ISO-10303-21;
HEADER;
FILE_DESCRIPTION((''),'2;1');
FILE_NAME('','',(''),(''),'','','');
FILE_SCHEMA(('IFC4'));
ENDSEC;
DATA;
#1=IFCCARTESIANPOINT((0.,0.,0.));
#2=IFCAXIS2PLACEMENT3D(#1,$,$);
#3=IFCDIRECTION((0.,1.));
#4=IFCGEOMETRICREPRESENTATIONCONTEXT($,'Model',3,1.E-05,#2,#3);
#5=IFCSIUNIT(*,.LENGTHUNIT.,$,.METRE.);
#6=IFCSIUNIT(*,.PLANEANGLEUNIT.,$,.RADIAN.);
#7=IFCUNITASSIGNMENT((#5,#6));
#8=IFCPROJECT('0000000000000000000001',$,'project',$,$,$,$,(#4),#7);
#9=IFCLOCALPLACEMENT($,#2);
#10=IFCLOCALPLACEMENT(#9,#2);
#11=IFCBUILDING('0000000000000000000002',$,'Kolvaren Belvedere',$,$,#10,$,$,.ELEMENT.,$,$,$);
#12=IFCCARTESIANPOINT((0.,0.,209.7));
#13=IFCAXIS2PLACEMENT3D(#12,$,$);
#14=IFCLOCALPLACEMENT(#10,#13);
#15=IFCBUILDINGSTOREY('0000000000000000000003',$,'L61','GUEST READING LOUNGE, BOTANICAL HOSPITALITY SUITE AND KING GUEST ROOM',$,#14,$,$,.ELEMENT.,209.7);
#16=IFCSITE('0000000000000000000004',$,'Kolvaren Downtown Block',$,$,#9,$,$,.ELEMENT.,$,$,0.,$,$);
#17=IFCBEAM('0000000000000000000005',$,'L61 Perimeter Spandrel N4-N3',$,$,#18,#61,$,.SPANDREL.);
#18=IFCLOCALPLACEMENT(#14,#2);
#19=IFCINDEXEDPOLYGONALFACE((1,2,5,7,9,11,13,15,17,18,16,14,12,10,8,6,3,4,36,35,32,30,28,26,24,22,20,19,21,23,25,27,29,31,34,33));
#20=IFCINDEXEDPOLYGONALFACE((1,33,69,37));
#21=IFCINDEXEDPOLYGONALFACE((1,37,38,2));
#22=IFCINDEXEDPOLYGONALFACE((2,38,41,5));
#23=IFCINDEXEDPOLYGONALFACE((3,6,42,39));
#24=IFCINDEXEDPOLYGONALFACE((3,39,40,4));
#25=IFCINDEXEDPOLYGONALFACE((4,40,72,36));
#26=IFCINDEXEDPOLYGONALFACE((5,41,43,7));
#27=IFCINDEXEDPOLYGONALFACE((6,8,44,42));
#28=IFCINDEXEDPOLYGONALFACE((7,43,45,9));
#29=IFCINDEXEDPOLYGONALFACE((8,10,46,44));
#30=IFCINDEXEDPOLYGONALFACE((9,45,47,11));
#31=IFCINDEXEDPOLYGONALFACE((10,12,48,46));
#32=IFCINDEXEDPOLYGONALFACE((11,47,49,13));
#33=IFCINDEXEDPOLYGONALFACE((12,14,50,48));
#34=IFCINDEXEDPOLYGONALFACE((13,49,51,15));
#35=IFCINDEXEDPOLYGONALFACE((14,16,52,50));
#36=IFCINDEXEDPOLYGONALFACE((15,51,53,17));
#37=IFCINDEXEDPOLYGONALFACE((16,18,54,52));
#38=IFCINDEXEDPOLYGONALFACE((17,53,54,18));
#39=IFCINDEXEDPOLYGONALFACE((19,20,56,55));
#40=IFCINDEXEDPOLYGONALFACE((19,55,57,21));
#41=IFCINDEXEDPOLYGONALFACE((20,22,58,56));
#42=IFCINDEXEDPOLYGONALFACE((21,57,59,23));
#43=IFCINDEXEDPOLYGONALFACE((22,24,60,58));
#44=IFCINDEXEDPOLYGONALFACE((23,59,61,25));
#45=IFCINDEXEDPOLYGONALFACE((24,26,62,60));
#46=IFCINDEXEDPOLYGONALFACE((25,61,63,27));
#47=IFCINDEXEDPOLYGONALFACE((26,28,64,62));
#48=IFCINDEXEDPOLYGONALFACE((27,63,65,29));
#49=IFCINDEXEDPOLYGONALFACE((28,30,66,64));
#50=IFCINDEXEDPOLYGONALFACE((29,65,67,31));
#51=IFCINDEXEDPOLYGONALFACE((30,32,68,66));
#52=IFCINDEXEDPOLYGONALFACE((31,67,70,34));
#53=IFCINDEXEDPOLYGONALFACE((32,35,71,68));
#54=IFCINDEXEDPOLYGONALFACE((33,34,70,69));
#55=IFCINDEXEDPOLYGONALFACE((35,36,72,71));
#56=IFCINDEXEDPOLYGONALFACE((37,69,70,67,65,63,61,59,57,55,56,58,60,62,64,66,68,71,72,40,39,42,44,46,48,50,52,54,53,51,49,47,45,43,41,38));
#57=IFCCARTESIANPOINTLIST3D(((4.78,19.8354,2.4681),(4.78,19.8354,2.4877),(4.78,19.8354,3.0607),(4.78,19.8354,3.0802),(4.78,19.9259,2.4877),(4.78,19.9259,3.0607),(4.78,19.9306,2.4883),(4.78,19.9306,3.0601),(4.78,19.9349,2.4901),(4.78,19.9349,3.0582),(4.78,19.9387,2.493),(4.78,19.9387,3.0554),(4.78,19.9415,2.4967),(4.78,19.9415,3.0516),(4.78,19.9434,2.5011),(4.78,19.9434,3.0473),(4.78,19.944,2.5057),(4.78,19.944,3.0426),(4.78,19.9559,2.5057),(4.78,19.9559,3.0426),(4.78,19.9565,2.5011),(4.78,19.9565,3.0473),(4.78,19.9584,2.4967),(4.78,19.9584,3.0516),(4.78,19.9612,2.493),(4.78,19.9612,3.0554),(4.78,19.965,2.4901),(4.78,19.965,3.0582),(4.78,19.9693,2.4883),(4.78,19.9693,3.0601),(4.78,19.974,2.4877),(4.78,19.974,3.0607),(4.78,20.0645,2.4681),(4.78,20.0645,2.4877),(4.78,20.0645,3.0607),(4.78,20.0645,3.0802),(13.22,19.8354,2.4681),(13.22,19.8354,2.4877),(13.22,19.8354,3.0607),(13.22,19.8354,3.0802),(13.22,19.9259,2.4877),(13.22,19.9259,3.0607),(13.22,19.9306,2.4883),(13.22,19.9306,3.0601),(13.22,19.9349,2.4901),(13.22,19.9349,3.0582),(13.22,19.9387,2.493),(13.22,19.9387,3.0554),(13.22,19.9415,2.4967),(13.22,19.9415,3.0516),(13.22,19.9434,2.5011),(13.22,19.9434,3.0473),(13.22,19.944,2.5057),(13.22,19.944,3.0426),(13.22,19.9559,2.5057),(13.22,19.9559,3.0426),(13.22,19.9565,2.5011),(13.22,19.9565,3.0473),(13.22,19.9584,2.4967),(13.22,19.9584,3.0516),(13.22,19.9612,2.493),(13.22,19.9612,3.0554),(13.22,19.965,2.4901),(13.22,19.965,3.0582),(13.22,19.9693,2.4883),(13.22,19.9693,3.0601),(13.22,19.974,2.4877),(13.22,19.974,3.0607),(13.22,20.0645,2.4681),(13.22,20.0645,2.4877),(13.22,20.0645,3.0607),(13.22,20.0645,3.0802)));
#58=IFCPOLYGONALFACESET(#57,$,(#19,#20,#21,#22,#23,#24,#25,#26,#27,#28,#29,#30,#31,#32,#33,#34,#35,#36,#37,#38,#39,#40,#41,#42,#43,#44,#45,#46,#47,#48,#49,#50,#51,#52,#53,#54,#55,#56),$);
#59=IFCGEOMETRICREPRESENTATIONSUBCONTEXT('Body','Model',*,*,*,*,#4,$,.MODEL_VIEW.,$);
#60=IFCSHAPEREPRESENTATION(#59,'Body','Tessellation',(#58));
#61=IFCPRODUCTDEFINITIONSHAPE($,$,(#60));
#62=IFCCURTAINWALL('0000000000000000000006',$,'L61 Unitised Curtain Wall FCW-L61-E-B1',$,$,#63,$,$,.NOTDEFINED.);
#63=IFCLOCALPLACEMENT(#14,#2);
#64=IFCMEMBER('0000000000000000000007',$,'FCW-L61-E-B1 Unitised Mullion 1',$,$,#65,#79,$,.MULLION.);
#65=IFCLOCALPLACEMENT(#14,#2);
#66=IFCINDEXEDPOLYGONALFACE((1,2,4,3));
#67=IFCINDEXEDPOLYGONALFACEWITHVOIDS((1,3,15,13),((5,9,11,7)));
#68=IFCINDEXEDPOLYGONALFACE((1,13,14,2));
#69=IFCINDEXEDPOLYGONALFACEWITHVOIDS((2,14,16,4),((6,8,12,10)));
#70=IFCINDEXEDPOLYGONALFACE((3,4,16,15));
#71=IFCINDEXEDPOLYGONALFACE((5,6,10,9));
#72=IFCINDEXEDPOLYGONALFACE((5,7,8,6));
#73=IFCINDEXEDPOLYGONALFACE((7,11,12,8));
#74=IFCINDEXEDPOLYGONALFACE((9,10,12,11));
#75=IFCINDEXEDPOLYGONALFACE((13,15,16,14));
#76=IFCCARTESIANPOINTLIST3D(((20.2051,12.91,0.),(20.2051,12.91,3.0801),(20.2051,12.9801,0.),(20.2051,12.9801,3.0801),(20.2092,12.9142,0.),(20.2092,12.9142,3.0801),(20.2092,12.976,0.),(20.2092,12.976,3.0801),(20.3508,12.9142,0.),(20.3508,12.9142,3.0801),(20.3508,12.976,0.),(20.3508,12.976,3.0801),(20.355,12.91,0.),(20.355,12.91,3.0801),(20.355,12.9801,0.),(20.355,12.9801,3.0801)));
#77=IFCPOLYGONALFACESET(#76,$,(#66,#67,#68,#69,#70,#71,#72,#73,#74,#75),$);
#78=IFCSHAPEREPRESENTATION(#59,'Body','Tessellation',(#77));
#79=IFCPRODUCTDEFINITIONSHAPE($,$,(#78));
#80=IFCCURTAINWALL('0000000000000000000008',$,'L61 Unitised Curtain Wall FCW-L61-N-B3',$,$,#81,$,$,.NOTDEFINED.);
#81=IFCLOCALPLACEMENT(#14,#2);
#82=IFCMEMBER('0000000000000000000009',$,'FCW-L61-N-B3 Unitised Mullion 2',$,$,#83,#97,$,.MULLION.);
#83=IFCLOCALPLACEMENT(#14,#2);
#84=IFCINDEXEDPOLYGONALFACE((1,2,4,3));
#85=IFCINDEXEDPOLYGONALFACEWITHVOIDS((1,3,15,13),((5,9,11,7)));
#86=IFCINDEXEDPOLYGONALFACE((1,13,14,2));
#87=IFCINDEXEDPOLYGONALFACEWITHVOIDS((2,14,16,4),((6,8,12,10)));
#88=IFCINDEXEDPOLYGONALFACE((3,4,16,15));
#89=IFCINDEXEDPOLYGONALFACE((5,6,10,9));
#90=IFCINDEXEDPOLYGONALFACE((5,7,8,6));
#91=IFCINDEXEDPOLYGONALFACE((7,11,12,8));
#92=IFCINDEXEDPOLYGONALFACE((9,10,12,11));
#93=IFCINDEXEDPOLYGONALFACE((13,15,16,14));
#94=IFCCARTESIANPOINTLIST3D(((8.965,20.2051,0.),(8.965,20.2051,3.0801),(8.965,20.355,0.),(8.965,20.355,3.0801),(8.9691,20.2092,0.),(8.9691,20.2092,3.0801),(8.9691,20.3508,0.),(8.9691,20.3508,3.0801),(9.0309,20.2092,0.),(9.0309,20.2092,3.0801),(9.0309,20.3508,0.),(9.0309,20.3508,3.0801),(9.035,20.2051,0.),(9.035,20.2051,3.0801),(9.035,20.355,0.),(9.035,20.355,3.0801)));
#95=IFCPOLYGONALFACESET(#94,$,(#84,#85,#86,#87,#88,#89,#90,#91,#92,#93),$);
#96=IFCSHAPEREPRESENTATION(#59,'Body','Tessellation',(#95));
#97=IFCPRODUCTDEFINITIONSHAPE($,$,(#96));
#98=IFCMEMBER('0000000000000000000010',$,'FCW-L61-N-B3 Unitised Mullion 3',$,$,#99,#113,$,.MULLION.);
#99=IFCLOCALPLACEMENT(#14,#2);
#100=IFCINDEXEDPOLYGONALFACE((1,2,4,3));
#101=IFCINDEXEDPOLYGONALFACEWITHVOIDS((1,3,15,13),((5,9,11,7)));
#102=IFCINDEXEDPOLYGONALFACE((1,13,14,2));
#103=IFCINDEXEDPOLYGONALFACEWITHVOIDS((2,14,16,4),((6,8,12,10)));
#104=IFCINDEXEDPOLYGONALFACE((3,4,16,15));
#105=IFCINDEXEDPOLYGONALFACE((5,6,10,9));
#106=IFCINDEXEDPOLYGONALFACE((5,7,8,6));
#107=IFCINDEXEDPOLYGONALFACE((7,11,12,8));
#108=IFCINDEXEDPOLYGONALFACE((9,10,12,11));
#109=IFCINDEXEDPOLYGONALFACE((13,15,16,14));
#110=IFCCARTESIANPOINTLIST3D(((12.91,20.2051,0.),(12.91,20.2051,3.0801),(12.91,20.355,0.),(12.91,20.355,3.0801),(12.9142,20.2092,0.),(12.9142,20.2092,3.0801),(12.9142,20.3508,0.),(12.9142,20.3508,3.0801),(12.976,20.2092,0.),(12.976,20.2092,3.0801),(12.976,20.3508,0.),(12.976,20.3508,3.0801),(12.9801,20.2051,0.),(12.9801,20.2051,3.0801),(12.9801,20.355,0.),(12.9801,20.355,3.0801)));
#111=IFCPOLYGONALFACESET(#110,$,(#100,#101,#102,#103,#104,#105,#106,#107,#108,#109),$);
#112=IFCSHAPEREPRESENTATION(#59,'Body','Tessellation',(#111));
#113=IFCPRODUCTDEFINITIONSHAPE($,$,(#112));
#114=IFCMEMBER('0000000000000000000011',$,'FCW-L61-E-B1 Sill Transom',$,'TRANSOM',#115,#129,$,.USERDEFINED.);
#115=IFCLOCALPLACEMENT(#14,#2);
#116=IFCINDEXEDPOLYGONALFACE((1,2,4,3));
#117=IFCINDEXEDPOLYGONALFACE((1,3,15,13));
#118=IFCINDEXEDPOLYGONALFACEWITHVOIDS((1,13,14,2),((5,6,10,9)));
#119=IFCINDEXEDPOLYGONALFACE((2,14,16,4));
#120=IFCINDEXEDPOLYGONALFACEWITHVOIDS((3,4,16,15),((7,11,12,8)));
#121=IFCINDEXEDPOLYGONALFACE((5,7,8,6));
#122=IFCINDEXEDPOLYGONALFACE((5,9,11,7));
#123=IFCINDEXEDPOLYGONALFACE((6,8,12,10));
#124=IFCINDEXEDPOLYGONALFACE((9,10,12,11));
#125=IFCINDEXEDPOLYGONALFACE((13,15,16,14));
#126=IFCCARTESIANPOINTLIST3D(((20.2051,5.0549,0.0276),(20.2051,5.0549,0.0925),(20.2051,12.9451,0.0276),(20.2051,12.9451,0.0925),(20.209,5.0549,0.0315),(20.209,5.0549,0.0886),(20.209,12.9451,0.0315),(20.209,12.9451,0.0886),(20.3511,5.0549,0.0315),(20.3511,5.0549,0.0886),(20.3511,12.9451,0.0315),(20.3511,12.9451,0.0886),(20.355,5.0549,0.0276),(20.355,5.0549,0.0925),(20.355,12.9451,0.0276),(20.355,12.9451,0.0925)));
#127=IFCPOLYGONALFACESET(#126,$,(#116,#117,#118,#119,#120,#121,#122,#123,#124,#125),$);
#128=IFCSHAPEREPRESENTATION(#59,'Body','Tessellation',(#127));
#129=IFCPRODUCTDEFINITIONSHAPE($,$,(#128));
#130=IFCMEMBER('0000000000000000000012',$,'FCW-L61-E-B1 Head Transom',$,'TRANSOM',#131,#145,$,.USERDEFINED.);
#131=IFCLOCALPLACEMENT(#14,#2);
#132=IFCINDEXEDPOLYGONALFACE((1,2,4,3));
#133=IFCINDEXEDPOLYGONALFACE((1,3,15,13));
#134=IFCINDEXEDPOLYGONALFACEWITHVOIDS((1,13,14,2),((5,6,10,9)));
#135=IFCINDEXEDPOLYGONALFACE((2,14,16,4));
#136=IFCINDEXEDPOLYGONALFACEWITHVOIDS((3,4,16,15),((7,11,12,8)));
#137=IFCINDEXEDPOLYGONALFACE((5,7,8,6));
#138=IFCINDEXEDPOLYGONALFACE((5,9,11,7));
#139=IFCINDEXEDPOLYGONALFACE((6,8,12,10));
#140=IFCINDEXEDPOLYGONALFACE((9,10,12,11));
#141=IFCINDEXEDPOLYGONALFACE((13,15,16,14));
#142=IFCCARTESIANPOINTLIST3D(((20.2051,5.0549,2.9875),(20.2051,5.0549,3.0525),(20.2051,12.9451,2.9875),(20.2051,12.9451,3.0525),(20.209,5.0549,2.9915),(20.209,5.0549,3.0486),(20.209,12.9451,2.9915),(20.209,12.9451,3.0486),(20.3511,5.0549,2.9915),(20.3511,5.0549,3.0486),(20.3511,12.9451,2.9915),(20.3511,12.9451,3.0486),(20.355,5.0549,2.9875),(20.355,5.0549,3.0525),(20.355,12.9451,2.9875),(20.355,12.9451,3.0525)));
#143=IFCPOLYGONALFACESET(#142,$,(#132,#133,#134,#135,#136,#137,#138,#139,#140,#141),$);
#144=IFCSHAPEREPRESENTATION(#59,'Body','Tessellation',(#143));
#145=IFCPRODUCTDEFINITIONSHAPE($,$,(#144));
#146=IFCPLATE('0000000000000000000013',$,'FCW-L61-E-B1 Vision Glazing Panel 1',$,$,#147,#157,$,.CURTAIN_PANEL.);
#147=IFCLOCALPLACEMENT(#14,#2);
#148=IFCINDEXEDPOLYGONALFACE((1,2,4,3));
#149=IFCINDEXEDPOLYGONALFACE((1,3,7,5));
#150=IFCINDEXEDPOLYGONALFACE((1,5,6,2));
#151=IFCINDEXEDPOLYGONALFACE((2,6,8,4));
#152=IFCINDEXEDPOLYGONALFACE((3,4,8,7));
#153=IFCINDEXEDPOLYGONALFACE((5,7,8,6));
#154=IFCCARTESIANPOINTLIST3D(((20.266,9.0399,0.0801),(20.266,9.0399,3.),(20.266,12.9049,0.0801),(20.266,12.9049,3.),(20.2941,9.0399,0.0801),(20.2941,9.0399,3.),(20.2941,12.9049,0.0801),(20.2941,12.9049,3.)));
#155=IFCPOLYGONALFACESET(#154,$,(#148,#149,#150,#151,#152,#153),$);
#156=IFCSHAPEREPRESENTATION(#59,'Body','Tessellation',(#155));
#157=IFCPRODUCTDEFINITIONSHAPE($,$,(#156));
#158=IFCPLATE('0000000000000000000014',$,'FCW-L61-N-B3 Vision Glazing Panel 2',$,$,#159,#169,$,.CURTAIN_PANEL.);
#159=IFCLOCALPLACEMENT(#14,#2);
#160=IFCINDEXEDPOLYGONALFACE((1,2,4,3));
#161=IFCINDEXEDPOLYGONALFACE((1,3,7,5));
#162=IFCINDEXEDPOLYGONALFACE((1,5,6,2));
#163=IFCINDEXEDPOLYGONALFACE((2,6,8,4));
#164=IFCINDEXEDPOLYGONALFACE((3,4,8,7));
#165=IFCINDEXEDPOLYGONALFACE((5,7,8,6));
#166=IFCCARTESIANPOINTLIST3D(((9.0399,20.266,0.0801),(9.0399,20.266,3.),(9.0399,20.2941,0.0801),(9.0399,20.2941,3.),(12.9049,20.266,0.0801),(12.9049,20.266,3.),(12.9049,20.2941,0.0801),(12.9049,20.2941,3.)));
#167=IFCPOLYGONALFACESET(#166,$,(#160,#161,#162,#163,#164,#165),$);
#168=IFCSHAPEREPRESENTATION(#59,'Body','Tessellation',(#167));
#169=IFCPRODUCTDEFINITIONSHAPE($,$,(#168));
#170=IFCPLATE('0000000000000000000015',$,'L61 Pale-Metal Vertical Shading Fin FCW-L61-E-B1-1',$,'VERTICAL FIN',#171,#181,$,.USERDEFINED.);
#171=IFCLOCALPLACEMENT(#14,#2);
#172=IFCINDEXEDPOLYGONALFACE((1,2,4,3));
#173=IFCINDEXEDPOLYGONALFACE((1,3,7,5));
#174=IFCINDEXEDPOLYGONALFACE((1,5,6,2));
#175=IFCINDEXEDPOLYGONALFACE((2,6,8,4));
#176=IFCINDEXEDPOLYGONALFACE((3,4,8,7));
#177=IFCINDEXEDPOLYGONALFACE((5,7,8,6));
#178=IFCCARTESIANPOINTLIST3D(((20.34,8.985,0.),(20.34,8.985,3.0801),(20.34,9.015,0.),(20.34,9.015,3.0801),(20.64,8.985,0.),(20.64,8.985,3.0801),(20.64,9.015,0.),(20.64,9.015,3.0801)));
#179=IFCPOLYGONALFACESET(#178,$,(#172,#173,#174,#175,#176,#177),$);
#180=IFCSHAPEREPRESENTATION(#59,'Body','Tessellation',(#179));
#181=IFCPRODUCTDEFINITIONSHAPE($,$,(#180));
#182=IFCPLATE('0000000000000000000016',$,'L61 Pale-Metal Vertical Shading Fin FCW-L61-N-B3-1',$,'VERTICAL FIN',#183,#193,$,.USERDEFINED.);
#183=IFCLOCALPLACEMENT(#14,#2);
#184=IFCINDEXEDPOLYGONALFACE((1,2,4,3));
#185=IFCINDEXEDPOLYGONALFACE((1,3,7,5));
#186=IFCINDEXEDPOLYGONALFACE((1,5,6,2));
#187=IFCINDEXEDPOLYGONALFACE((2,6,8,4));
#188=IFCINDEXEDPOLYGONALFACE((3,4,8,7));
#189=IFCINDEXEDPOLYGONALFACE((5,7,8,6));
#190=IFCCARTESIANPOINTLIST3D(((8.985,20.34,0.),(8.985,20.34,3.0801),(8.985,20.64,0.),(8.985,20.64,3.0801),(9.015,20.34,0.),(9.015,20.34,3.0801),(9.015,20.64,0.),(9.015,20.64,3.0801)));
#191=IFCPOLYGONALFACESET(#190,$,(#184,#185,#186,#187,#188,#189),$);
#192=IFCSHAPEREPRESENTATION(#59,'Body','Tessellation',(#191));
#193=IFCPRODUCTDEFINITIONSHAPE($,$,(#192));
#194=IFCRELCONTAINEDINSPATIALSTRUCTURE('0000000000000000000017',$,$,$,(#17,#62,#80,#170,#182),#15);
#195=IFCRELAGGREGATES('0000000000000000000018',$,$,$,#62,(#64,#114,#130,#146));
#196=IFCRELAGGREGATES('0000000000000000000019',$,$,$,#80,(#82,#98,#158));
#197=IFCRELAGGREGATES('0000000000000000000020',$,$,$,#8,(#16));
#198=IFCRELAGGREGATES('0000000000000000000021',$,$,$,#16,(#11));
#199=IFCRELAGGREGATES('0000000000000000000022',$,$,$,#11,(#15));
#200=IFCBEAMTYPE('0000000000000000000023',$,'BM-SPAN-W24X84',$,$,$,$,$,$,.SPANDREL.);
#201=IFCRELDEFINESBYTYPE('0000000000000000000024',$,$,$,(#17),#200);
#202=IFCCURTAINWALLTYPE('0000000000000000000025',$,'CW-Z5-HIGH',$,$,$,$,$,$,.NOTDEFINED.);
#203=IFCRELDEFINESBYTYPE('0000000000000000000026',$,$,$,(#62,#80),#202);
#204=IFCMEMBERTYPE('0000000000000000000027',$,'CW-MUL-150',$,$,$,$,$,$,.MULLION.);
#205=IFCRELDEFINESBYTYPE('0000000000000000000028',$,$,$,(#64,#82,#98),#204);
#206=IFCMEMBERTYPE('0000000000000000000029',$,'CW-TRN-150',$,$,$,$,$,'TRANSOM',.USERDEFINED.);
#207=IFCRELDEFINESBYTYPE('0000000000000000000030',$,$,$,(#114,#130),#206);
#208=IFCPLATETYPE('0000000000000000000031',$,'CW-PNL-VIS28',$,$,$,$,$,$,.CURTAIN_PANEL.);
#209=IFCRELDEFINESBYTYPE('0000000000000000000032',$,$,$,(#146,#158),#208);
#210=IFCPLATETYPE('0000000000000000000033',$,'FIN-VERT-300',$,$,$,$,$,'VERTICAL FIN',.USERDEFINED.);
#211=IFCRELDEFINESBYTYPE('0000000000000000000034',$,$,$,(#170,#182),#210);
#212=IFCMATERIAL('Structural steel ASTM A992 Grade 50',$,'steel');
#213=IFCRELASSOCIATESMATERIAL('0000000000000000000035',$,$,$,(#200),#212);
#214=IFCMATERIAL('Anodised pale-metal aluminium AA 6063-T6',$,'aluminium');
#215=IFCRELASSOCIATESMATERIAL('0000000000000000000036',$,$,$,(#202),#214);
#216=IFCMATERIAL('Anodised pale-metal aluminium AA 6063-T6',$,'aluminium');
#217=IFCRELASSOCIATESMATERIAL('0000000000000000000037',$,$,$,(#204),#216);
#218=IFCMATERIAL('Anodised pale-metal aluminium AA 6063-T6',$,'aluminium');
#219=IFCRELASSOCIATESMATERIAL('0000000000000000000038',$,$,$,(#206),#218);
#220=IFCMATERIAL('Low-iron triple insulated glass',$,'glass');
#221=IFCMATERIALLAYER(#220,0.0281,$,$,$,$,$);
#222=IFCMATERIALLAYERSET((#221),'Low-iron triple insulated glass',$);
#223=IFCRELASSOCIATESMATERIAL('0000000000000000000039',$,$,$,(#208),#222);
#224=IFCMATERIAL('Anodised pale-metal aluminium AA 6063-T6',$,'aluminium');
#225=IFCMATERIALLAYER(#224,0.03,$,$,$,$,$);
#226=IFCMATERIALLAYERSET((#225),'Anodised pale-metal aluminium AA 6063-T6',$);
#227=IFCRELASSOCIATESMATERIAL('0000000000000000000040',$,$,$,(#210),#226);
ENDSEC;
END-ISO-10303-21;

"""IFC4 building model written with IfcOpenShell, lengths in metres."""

from ifc_helpers import new_model, si_unit, direction, frame, origin, origin_2d, place, context, subcontext, project, spatial, rectangle, hollow_rectangle, i_section, extrude, material, layer, layer_set, material_profile, profile_set, type_object, element, aggregate, save


model = new_model("IFC4")

# Units and contexts
model_context = context("Model", 3, precision=1e-05, world=origin(), true_north=direction((0.0, 1.0)))
body_context = subcontext(model_context, "Body", "Model", "MODEL_VIEW")
ifc_project = project(units=[si_unit("LENGTHUNIT", "METRE"), si_unit("PLANEANGLEUNIT", "RADIAN")], contexts=[model_context])

# Site, building, storey
site_placement = place(None, origin())
site = spatial("IfcSite", under=ifc_project, at=site_placement, Name="Kolvaren Downtown Block", CompositionType="ELEMENT", RefElevation=0.0)
building_placement = place(site_placement, origin())
building = spatial("IfcBuilding", under=site, at=building_placement, Name="Kolvaren Belvedere", CompositionType="ELEMENT")
storey_placement = place(building_placement, frame((0.0, 0.0, 209.7)))
storey = spatial("IfcBuildingStorey", under=building, at=storey_placement, Name="L61", Description="GUEST READING LOUNGE, BOTANICAL HOSPITALITY SUITE AND KING GUEST ROOM", CompositionType="ELEMENT", Elevation=209.7)

# Beam
ifc_material_1 = material(Name="Structural steel ASTM A992 Grade 50", Category="steel")
ifc_material_profile_1 = material_profile(ifc_material_1, i_section(OverallWidth=0.229, OverallDepth=0.6121, WebThickness=0.012, FlangeThickness=0.0195, FilletRadius=0.0181, at=origin_2d()), Name="W24X84")
ifc_profile_set_1 = profile_set([ifc_material_profile_1], Name="Structural steel ASTM A992 Grade 50")
beam_type_1 = type_object("IfcBeamType", Name="BM-SPAN-W24X84", PredefinedType="SPANDREL", material=ifc_profile_set_1)
beam_1_placement = place(storey_placement, frame((13.22, 19.95, 2.7742), z_axis=(-1.0, 0.0, 0.0), x_axis=(0.0, -1.0, 0.0)))
element("IfcBeam", 1, at=beam_1_placement, inside=storey, type_object=beam_type_1, Name="L61 Perimeter Spandrel N4-N3", PredefinedType="SPANDREL", context=body_context, shape_type="SweptSolid", body=[
    extrude(i_section(OverallWidth=0.229, OverallDepth=0.6121, WebThickness=0.012, FlangeThickness=0.0195, FilletRadius=0.0181, at=origin_2d()), origin(), (0.0, 0.0, 1.0), 8.4399),
])

# Curtain wall, member
ifc_material_2 = material(Name="Anodised pale-metal aluminium AA 6063-T6", Category="aluminium")
curtain_wall_type = type_object("IfcCurtainWallType", Name="CW-Z5-HIGH", PredefinedType="NOTDEFINED", material=ifc_material_2)
curtain_wall_1_placement = place(storey_placement, origin())
curtain_wall_1 = element("IfcCurtainWall", 2, at=curtain_wall_1_placement, inside=storey, type_object=curtain_wall_type, Name="L61 Unitised Curtain Wall FCW-L61-E-B1", PredefinedType="NOTDEFINED")
ifc_material_3 = material(Name="Anodised pale-metal aluminium AA 6063-T6", Category="aluminium")
ifc_material_profile_2 = material_profile(ifc_material_3, hollow_rectangle(XDim=0.0701, YDim=0.1499, WallThickness=0.0042, at=origin_2d()), Name="ALU-MUL-150X70")
ifc_profile_set_2 = profile_set([ifc_material_profile_2], Name="Anodised pale-metal aluminium AA 6063-T6")
member_type_1 = type_object("IfcMemberType", Name="CW-MUL-150", PredefinedType="MULLION", material=ifc_profile_set_2)
member_1_placement = place(storey_placement, frame((20.28, 12.9451, 0.0), z_axis=(0.0, 0.0, 1.0), x_axis=(0.0, 1.0, 0.0)))
member_1 = element("IfcMember", 3, at=member_1_placement, type_object=member_type_1, Name="FCW-L61-E-B1 Unitised Mullion 1", PredefinedType="MULLION", context=body_context, shape_type="SweptSolid", body=[
    extrude(hollow_rectangle(XDim=0.0701, YDim=0.1499, WallThickness=0.0042, at=origin_2d()), origin(), (0.0, 0.0, 1.0), 3.0801),
])

# Curtain wall, members
curtain_wall_2_placement = place(storey_placement, origin())
curtain_wall_2 = element("IfcCurtainWall", 4, at=curtain_wall_2_placement, inside=storey, type_object=curtain_wall_type, Name="L61 Unitised Curtain Wall FCW-L61-N-B3", PredefinedType="NOTDEFINED")
member_2_placement = place(storey_placement, frame((9.0, 20.28, 0.0), z_axis=(0.0, 0.0, 1.0), x_axis=(1.0, 0.0, 0.0)))
member_2 = element("IfcMember", 5, at=member_2_placement, type_object=member_type_1, Name="FCW-L61-N-B3 Unitised Mullion 2", PredefinedType="MULLION", context=body_context, shape_type="SweptSolid", body=[
    extrude(hollow_rectangle(XDim=0.0701, YDim=0.1499, WallThickness=0.0042, at=origin_2d()), origin(), (0.0, 0.0, 1.0), 3.0801),
])
member_3_placement = place(storey_placement, frame((12.9451, 20.28, 0.0), z_axis=(0.0, 0.0, 1.0), x_axis=(1.0, 0.0, 0.0)))
member_3 = element("IfcMember", 6, at=member_3_placement, type_object=member_type_1, Name="FCW-L61-N-B3 Unitised Mullion 3", PredefinedType="MULLION", context=body_context, shape_type="SweptSolid", body=[
    extrude(hollow_rectangle(XDim=0.0701, YDim=0.1499, WallThickness=0.0042, at=origin_2d()), origin(), (0.0, 0.0, 1.0), 3.0801),
])

# Members
ifc_material_4 = material(Name="Anodised pale-metal aluminium AA 6063-T6", Category="aluminium")
ifc_material_profile_3 = material_profile(ifc_material_4, hollow_rectangle(XDim=0.0649, YDim=0.1499, WallThickness=0.0039, at=origin_2d()), Name="ALU-TRN-150X65")
ifc_profile_set_3 = profile_set([ifc_material_profile_3], Name="Anodised pale-metal aluminium AA 6063-T6")
member_type_2 = type_object("IfcMemberType", Name="CW-TRN-150", ElementType="TRANSOM", PredefinedType="USERDEFINED", material=ifc_profile_set_3)
member_4_placement = place(storey_placement, frame((20.28, 12.9451, 0.0601), z_axis=(0.0, -1.0, 0.0), x_axis=(0.0, 0.0, 1.0)))
member_4 = element("IfcMember", 7, at=member_4_placement, type_object=member_type_2, Name="FCW-L61-E-B1 Sill Transom", ObjectType="TRANSOM", PredefinedType="USERDEFINED", context=body_context, shape_type="SweptSolid", body=[
    extrude(hollow_rectangle(XDim=0.0649, YDim=0.1499, WallThickness=0.0039, at=origin_2d()), origin(), (0.0, 0.0, 1.0), 7.8901),
])
member_5_placement = place(storey_placement, frame((20.28, 12.9451, 3.02), z_axis=(0.0, -1.0, 0.0), x_axis=(0.0, 0.0, 1.0)))
member_5 = element("IfcMember", 8, at=member_5_placement, type_object=member_type_2, Name="FCW-L61-E-B1 Head Transom", ObjectType="TRANSOM", PredefinedType="USERDEFINED", context=body_context, shape_type="SweptSolid", body=[
    extrude(hollow_rectangle(XDim=0.0649, YDim=0.1499, WallThickness=0.0039, at=origin_2d()), origin(), (0.0, 0.0, 1.0), 7.8901),
])

# Plates
ifc_material_5 = material(Name="Low-iron triple insulated glass", Category="glass")
ifc_layer_1 = layer(ifc_material_5, 0.0281)
ifc_layer_set_1 = layer_set([ifc_layer_1], Name="Low-iron triple insulated glass")
plate_type_1 = type_object("IfcPlateType", Name="CW-PNL-VIS28", PredefinedType="CURTAIN_PANEL", material=ifc_layer_set_1)
plate_1_placement = place(storey_placement, frame((20.28, 10.9724, 0.0801), z_axis=(0.0, 0.0, 1.0), x_axis=(0.0, -1.0, 0.0)))
plate_1 = element("IfcPlate", 9, at=plate_1_placement, type_object=plate_type_1, Name="FCW-L61-E-B1 Vision Glazing Panel 1", PredefinedType="CURTAIN_PANEL", context=body_context, shape_type="SweptSolid", body=[
    extrude(rectangle(XDim=3.865, YDim=0.0281, at=origin_2d()), origin(), (0.0, 0.0, 1.0), 2.9199),
])
aggregate(curtain_wall_1, [member_1, member_4, member_5, plate_1])
plate_2_placement = place(storey_placement, frame((10.9724, 20.28, 0.0801), z_axis=(0.0, 0.0, 1.0), x_axis=(1.0, 0.0, 0.0)))
plate_2 = element("IfcPlate", 10, at=plate_2_placement, type_object=plate_type_1, Name="FCW-L61-N-B3 Vision Glazing Panel 2", PredefinedType="CURTAIN_PANEL", context=body_context, shape_type="SweptSolid", body=[
    extrude(rectangle(XDim=3.865, YDim=0.0281, at=origin_2d()), origin(), (0.0, 0.0, 1.0), 2.9199),
])
aggregate(curtain_wall_2, [member_2, member_3, plate_2])

# Plates
ifc_material_6 = material(Name="Anodised pale-metal aluminium AA 6063-T6", Category="aluminium")
ifc_layer_2 = layer(ifc_material_6, 0.03)
ifc_layer_set_2 = layer_set([ifc_layer_2], Name="Anodised pale-metal aluminium AA 6063-T6")
plate_type_2 = type_object("IfcPlateType", Name="FIN-VERT-300", ElementType="VERTICAL FIN", PredefinedType="USERDEFINED", material=ifc_layer_set_2)
for number, where, z_axis, x_axis, name in (
    (11, (20.49, 9.0, 0.0), (0.0, 0.0, 1.0), (1.0, 0.0, 0.0), "L61 Pale-Metal Vertical Shading Fin FCW-L61-E-B1-1"),
    (12, (9.0, 20.49, 0.0), (0.0, 0.0, 1.0), (0.0, 1.0, 0.0), "L61 Pale-Metal Vertical Shading Fin FCW-L61-N-B3-1"),
):
    element("IfcPlate", number, at=place(storey_placement, frame(where, z_axis=z_axis, x_axis=x_axis)), inside=storey, type_object=plate_type_2, Name=name, ObjectType="VERTICAL FIN", PredefinedType="USERDEFINED", context=body_context, shape_type="SweptSolid", body=[
        extrude(rectangle(XDim=0.3, YDim=0.03, at=origin_2d()), origin(), (0.0, 0.0, 1.0), 3.0801),
    ])

save(model, "model.ifc")
